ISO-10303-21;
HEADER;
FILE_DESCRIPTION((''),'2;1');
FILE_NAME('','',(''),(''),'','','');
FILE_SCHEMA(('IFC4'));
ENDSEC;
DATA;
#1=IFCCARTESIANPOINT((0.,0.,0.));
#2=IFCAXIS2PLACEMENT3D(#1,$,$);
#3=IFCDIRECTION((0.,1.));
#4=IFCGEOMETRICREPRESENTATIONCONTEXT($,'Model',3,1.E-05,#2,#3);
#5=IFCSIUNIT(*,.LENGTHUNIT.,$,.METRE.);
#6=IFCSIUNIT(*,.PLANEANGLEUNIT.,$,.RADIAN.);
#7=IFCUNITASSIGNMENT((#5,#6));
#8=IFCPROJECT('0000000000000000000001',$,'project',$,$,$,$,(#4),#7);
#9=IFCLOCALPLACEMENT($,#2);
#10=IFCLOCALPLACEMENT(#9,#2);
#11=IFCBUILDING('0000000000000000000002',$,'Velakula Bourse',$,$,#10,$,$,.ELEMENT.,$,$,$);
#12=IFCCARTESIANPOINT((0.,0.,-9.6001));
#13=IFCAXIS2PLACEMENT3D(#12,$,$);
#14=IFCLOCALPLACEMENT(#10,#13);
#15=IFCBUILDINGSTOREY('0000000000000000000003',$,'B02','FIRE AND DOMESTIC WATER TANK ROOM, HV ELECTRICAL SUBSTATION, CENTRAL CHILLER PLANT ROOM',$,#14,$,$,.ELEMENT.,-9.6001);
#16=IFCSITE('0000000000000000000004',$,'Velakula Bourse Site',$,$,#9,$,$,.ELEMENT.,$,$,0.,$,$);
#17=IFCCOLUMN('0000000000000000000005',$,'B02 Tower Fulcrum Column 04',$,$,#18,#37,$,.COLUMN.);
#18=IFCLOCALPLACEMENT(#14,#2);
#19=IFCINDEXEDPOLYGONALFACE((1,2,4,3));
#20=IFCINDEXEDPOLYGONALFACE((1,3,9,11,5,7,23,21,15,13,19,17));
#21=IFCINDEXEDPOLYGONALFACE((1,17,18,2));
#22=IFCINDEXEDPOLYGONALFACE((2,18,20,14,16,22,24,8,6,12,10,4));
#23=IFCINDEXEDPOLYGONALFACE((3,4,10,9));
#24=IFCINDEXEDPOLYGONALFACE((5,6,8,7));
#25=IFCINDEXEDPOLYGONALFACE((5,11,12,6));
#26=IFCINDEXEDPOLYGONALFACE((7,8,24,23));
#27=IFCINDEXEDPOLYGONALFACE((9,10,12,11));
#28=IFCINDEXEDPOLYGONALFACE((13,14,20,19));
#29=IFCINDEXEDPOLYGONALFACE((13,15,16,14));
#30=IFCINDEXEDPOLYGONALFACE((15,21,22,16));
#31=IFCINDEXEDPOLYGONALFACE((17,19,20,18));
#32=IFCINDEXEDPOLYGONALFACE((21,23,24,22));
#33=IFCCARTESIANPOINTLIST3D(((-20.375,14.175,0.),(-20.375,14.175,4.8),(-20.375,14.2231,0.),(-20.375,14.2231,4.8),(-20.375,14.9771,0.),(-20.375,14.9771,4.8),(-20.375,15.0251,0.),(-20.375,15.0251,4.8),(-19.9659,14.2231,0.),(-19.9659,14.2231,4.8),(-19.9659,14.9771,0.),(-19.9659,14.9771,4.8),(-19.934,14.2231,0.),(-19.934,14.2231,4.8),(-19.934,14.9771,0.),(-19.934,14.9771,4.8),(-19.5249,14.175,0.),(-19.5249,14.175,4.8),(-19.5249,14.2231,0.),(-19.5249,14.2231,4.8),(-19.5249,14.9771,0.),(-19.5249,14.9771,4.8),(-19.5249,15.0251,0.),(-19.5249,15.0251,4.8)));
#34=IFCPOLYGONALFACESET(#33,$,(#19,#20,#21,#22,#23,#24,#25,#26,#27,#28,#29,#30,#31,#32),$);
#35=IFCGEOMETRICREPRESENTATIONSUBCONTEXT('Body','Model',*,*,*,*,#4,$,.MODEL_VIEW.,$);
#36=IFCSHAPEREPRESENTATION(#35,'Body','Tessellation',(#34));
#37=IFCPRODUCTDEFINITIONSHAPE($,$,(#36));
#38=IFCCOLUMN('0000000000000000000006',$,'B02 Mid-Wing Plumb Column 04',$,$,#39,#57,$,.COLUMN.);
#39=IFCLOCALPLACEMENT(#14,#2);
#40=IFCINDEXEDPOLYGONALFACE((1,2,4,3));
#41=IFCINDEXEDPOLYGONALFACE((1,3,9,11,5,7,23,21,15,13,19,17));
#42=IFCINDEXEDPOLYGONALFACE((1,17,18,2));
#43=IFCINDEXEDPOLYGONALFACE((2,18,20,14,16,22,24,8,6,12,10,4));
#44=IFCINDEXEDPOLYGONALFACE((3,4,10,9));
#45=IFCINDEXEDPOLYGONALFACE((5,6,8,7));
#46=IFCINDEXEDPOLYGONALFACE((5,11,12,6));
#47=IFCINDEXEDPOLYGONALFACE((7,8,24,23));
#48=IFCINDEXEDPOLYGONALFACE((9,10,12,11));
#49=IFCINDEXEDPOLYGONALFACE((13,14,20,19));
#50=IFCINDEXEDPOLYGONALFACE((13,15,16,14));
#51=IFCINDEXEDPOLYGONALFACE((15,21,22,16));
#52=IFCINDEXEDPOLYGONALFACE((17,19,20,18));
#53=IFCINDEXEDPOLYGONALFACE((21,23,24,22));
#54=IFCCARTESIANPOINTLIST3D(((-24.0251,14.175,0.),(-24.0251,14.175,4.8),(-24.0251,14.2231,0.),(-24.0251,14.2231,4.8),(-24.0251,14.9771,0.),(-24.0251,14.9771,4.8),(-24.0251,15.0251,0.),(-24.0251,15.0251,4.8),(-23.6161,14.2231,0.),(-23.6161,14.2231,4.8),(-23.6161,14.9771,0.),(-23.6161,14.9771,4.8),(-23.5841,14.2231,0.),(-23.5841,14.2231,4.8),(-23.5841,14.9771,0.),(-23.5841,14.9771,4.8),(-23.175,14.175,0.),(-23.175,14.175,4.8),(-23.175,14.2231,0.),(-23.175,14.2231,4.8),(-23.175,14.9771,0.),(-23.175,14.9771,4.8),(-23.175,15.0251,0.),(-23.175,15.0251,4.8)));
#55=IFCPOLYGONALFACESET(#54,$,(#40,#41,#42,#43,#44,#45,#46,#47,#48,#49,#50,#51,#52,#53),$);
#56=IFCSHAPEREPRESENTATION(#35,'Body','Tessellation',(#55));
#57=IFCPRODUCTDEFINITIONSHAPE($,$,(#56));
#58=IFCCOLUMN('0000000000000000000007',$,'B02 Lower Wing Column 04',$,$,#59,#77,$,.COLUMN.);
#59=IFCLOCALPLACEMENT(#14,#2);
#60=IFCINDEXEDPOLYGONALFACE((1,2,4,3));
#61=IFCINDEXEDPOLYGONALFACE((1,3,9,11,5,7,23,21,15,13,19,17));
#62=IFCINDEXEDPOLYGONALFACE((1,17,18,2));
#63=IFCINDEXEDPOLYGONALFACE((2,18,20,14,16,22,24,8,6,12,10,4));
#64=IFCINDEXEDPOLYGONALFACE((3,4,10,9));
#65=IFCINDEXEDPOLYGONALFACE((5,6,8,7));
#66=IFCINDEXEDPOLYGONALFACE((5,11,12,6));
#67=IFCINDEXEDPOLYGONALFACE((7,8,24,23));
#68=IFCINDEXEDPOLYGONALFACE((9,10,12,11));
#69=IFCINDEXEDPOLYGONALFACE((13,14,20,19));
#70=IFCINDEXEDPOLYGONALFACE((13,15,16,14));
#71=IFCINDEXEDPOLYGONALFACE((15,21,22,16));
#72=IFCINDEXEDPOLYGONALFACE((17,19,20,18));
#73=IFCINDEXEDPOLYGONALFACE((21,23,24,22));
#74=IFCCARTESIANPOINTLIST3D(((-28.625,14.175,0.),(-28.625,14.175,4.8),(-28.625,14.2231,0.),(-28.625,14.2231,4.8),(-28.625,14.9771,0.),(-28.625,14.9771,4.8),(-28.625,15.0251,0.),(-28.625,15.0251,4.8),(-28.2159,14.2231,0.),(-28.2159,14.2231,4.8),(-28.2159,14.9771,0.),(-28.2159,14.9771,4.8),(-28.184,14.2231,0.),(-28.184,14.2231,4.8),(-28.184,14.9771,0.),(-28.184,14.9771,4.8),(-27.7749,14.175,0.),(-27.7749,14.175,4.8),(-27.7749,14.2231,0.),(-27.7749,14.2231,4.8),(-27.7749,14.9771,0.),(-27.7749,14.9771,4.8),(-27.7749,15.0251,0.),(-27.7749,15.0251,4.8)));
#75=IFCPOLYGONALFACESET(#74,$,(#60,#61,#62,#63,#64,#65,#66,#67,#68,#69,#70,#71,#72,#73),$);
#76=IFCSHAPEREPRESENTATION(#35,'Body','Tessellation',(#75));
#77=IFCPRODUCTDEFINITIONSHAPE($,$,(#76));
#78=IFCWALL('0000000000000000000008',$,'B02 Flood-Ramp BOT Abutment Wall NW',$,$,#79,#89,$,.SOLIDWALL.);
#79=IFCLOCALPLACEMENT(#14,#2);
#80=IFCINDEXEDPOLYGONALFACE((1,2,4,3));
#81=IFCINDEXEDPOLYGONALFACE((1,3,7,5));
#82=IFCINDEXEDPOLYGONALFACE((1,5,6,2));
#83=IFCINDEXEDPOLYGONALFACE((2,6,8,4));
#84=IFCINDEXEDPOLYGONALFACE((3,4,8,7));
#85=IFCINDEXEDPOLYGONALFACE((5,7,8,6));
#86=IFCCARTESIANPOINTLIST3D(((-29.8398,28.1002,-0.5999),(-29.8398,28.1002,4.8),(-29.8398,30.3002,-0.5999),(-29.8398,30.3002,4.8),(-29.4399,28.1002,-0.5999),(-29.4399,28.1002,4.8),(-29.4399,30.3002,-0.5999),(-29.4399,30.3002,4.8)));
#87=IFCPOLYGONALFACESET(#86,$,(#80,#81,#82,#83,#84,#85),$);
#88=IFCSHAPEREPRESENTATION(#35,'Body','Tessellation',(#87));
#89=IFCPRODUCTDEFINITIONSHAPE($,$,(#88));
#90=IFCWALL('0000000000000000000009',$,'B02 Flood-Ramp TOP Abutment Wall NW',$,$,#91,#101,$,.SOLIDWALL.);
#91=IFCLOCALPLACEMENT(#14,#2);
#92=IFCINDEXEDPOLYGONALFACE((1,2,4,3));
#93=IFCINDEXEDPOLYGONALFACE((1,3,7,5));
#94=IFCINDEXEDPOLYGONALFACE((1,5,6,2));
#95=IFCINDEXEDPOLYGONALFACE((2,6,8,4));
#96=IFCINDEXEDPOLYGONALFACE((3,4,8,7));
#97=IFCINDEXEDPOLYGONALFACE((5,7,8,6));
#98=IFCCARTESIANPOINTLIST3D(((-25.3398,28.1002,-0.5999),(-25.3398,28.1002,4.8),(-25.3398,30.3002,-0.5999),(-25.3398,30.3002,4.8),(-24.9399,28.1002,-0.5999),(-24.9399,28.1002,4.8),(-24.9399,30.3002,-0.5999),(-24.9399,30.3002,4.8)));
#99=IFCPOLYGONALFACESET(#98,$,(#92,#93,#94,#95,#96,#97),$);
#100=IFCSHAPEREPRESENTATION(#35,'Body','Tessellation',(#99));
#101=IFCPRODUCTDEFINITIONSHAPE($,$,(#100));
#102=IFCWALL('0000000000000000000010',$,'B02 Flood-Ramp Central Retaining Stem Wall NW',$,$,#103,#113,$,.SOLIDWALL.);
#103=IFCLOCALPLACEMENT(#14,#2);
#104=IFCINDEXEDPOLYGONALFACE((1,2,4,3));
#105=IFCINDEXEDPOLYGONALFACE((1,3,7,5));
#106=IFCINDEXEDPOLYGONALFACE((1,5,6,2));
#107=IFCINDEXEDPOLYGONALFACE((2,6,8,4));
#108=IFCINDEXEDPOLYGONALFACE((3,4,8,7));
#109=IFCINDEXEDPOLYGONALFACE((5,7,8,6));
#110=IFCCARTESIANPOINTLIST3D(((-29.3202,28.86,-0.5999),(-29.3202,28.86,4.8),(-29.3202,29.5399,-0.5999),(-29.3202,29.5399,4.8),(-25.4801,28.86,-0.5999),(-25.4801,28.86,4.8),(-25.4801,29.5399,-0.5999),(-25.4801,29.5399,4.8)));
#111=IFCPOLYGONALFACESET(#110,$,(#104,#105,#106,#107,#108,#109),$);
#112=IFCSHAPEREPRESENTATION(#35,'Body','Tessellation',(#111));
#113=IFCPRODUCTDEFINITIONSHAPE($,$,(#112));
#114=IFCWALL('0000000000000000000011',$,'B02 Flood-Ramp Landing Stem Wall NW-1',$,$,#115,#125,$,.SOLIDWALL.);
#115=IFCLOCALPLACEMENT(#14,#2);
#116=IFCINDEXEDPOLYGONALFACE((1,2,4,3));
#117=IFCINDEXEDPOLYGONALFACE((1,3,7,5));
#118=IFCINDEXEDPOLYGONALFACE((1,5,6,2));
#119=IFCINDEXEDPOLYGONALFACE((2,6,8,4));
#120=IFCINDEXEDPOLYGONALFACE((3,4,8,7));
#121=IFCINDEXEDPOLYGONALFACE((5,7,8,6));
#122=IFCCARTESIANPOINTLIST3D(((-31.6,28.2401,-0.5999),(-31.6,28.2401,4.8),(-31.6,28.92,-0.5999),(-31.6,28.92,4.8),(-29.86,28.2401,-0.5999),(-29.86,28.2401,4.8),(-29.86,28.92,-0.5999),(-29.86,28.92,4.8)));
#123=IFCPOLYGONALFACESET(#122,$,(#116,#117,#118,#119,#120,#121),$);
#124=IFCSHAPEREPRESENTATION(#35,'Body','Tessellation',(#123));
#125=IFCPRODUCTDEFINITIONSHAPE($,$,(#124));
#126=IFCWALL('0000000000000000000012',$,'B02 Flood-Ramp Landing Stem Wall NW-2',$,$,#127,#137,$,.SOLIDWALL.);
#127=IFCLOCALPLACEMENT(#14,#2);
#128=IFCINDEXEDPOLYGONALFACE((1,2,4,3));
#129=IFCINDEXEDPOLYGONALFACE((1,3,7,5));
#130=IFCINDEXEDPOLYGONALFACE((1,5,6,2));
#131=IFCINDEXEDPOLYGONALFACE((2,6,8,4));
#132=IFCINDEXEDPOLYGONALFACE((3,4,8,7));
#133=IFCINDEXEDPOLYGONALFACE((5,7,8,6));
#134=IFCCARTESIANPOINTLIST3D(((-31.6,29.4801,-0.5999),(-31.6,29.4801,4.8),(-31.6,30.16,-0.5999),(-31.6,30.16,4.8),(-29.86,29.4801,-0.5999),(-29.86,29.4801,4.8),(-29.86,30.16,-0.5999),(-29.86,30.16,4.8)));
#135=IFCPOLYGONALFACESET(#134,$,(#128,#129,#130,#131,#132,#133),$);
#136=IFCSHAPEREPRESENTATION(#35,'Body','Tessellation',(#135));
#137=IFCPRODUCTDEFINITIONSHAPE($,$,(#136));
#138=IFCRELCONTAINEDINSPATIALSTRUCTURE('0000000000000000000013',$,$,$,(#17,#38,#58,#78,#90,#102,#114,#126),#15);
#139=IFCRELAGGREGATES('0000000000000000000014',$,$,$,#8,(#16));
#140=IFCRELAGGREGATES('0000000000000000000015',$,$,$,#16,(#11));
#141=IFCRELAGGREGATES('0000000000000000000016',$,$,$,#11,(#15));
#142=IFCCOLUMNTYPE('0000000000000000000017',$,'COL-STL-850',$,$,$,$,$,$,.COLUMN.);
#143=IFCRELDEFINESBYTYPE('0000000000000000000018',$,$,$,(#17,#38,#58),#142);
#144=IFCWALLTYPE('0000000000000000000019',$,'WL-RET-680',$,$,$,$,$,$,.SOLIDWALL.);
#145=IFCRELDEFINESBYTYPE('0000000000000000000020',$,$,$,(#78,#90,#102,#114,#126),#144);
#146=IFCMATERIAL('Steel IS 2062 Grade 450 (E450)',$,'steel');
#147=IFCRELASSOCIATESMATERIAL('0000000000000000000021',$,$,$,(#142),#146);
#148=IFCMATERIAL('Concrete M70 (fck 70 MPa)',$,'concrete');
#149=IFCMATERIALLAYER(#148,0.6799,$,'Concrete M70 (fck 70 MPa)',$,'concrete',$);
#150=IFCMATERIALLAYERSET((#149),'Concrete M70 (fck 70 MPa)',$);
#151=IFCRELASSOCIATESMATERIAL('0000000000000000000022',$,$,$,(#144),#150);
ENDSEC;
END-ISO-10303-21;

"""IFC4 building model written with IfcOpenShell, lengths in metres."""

from ifc_helpers import new_model, si_unit, direction, frame, frame_2d, origin, origin_2d, place, context, subcontext, project, spatial, rectangle, i_section, extrude, material, layer, layer_set, material_profile, profile_set, type_object, element, save


model = new_model("IFC4")

# Units and contexts
model_context = context("Model", 3, precision=1e-05, world=origin(), true_north=direction((0.0, 1.0)))
body_context = subcontext(model_context, "Body", "Model", "MODEL_VIEW")
ifc_project = project(units=[si_unit("LENGTHUNIT", "METRE"), si_unit("PLANEANGLEUNIT", "RADIAN")], contexts=[model_context])

# Site, building, storey
site_placement = place(None, origin())
site = spatial("IfcSite", under=ifc_project, at=site_placement, Name="Velakula Bourse Site", CompositionType="ELEMENT", RefElevation=0.0)
building_placement = place(site_placement, origin())
building = spatial("IfcBuilding", under=site, at=building_placement, Name="Velakula Bourse", CompositionType="ELEMENT")
storey_placement = place(building_placement, frame((0.0, 0.0, -9.6001)))
storey = spatial("IfcBuildingStorey", under=building, at=storey_placement, Name="B02", Description="FIRE AND DOMESTIC WATER TANK ROOM, HV ELECTRICAL SUBSTATION, CENTRAL CHILLER PLANT ROOM", CompositionType="ELEMENT", Elevation=-9.6001)

# Shared definitions
ifc_material_1 = material(Name="Concrete M70 (fck 70 MPa)", Category="concrete")

# Columns
ifc_material_2 = material(Name="Steel IS 2062 Grade 450 (E450)", Category="steel")
ifc_material_profile_1 = material_profile(ifc_material_2, i_section(OverallWidth=0.8501, OverallDepth=0.8501, WebThickness=0.032, FlangeThickness=0.0481, at=origin_2d()), Name="Steel IS 2062 Grade 450 (E450)")
ifc_profile_set_1 = profile_set([ifc_material_profile_1], Name="Steel IS 2062 Grade 450 (E450)")
column_type_1 = type_object("IfcColumnType", Name="COL-STL-850", PredefinedType="COLUMN", material=ifc_profile_set_1)
for number, where, z_axis, x_axis, name in (
    (1, (-19.95, 14.6001, 0.0), (0.0, 0.0, 1.0), (1.0, 0.0, 0.0), "B02 Tower Fulcrum Column 04"),
    (2, (-23.6001, 14.6001, 0.0), (0.0, 0.0, 1.0), (1.0, 0.0, 0.0), "B02 Mid-Wing Plumb Column 04"),
    (3, (-28.2, 14.6001, 0.0), (0.0, 0.0, 1.0), (1.0, 0.0, 0.0), "B02 Lower Wing Column 04"),
):
    element("IfcColumn", number, at=place(storey_placement, frame(where, z_axis=z_axis, x_axis=x_axis)), inside=storey, type_object=column_type_1, Name=name, PredefinedType="COLUMN", context=body_context, shape_type="SweptSolid", body=[
        extrude(i_section(OverallWidth=0.8501, OverallDepth=0.8501, WebThickness=0.032, FlangeThickness=0.0481, at=origin_2d()), origin(), (0.0, 0.0, 1.0), 4.8),
    ])

# Walls
ifc_layer = layer(ifc_material_1, 0.6799, Name="Concrete M70 (fck 70 MPa)", Category="concrete")
ifc_layer_set = layer_set([ifc_layer], Name="Concrete M70 (fck 70 MPa)")
wall_type = type_object("IfcWallType", Name="WL-RET-680", PredefinedType="SOLIDWALL", material=ifc_layer_set)
for number, where, z_axis, x_axis, name in (
    (4, (-29.6399, 28.1001, -0.5999), (0.0, 0.0, 1.0), (0.0, 1.0, 0.0), "B02 Flood-Ramp BOT Abutment Wall NW"),
    (5, (-25.1399, 28.1001, -0.5999), (0.0, 0.0, 1.0), (0.0, 1.0, 0.0), "B02 Flood-Ramp TOP Abutment Wall NW"),
):
    element("IfcWall", number, at=place(storey_placement, frame(where, z_axis=z_axis, x_axis=x_axis)), inside=storey, type_object=wall_type, Name=name, PredefinedType="SOLIDWALL", context=body_context, shape_type="SweptSolid", body=[
        extrude(rectangle(XDim=2.2, YDim=0.3999, at=frame_2d((1.1001, 0.0))), origin(), (0.0, 0.0, 1.0), 5.3999),
    ])
wall_placement = place(storey_placement, frame((-29.3201, 29.2, -0.5999), z_axis=(0.0, 0.0, 1.0), x_axis=(1.0, 0.0, 0.0)))
element("IfcWall", 6, at=wall_placement, inside=storey, type_object=wall_type, Name="B02 Flood-Ramp Central Retaining Stem Wall NW", PredefinedType="SOLIDWALL", context=body_context, shape_type="SweptSolid", body=[
    extrude(rectangle(XDim=3.8401, YDim=0.6799, at=frame_2d((1.9199, 0.0))), origin(), (0.0, 0.0, 1.0), 5.3999),
])
for number, where, z_axis, x_axis, name in (
    (7, (-31.6001, 28.5801, -0.5999), (0.0, 0.0, 1.0), (1.0, 0.0, 0.0), "B02 Flood-Ramp Landing Stem Wall NW-1"),
    (8, (-31.6001, 29.8201, -0.5999), (0.0, 0.0, 1.0), (1.0, 0.0, 0.0), "B02 Flood-Ramp Landing Stem Wall NW-2"),
):
    element("IfcWall", number, at=place(storey_placement, frame(where, z_axis=z_axis, x_axis=x_axis)), inside=storey, type_object=wall_type, Name=name, PredefinedType="SOLIDWALL", context=body_context, shape_type="SweptSolid", body=[
        extrude(rectangle(XDim=1.74, YDim=0.6799, at=frame_2d((0.8701, 0.0))), origin(), (0.0, 0.0, 1.0), 5.3999),
    ])

save(model, "model.ifc")
